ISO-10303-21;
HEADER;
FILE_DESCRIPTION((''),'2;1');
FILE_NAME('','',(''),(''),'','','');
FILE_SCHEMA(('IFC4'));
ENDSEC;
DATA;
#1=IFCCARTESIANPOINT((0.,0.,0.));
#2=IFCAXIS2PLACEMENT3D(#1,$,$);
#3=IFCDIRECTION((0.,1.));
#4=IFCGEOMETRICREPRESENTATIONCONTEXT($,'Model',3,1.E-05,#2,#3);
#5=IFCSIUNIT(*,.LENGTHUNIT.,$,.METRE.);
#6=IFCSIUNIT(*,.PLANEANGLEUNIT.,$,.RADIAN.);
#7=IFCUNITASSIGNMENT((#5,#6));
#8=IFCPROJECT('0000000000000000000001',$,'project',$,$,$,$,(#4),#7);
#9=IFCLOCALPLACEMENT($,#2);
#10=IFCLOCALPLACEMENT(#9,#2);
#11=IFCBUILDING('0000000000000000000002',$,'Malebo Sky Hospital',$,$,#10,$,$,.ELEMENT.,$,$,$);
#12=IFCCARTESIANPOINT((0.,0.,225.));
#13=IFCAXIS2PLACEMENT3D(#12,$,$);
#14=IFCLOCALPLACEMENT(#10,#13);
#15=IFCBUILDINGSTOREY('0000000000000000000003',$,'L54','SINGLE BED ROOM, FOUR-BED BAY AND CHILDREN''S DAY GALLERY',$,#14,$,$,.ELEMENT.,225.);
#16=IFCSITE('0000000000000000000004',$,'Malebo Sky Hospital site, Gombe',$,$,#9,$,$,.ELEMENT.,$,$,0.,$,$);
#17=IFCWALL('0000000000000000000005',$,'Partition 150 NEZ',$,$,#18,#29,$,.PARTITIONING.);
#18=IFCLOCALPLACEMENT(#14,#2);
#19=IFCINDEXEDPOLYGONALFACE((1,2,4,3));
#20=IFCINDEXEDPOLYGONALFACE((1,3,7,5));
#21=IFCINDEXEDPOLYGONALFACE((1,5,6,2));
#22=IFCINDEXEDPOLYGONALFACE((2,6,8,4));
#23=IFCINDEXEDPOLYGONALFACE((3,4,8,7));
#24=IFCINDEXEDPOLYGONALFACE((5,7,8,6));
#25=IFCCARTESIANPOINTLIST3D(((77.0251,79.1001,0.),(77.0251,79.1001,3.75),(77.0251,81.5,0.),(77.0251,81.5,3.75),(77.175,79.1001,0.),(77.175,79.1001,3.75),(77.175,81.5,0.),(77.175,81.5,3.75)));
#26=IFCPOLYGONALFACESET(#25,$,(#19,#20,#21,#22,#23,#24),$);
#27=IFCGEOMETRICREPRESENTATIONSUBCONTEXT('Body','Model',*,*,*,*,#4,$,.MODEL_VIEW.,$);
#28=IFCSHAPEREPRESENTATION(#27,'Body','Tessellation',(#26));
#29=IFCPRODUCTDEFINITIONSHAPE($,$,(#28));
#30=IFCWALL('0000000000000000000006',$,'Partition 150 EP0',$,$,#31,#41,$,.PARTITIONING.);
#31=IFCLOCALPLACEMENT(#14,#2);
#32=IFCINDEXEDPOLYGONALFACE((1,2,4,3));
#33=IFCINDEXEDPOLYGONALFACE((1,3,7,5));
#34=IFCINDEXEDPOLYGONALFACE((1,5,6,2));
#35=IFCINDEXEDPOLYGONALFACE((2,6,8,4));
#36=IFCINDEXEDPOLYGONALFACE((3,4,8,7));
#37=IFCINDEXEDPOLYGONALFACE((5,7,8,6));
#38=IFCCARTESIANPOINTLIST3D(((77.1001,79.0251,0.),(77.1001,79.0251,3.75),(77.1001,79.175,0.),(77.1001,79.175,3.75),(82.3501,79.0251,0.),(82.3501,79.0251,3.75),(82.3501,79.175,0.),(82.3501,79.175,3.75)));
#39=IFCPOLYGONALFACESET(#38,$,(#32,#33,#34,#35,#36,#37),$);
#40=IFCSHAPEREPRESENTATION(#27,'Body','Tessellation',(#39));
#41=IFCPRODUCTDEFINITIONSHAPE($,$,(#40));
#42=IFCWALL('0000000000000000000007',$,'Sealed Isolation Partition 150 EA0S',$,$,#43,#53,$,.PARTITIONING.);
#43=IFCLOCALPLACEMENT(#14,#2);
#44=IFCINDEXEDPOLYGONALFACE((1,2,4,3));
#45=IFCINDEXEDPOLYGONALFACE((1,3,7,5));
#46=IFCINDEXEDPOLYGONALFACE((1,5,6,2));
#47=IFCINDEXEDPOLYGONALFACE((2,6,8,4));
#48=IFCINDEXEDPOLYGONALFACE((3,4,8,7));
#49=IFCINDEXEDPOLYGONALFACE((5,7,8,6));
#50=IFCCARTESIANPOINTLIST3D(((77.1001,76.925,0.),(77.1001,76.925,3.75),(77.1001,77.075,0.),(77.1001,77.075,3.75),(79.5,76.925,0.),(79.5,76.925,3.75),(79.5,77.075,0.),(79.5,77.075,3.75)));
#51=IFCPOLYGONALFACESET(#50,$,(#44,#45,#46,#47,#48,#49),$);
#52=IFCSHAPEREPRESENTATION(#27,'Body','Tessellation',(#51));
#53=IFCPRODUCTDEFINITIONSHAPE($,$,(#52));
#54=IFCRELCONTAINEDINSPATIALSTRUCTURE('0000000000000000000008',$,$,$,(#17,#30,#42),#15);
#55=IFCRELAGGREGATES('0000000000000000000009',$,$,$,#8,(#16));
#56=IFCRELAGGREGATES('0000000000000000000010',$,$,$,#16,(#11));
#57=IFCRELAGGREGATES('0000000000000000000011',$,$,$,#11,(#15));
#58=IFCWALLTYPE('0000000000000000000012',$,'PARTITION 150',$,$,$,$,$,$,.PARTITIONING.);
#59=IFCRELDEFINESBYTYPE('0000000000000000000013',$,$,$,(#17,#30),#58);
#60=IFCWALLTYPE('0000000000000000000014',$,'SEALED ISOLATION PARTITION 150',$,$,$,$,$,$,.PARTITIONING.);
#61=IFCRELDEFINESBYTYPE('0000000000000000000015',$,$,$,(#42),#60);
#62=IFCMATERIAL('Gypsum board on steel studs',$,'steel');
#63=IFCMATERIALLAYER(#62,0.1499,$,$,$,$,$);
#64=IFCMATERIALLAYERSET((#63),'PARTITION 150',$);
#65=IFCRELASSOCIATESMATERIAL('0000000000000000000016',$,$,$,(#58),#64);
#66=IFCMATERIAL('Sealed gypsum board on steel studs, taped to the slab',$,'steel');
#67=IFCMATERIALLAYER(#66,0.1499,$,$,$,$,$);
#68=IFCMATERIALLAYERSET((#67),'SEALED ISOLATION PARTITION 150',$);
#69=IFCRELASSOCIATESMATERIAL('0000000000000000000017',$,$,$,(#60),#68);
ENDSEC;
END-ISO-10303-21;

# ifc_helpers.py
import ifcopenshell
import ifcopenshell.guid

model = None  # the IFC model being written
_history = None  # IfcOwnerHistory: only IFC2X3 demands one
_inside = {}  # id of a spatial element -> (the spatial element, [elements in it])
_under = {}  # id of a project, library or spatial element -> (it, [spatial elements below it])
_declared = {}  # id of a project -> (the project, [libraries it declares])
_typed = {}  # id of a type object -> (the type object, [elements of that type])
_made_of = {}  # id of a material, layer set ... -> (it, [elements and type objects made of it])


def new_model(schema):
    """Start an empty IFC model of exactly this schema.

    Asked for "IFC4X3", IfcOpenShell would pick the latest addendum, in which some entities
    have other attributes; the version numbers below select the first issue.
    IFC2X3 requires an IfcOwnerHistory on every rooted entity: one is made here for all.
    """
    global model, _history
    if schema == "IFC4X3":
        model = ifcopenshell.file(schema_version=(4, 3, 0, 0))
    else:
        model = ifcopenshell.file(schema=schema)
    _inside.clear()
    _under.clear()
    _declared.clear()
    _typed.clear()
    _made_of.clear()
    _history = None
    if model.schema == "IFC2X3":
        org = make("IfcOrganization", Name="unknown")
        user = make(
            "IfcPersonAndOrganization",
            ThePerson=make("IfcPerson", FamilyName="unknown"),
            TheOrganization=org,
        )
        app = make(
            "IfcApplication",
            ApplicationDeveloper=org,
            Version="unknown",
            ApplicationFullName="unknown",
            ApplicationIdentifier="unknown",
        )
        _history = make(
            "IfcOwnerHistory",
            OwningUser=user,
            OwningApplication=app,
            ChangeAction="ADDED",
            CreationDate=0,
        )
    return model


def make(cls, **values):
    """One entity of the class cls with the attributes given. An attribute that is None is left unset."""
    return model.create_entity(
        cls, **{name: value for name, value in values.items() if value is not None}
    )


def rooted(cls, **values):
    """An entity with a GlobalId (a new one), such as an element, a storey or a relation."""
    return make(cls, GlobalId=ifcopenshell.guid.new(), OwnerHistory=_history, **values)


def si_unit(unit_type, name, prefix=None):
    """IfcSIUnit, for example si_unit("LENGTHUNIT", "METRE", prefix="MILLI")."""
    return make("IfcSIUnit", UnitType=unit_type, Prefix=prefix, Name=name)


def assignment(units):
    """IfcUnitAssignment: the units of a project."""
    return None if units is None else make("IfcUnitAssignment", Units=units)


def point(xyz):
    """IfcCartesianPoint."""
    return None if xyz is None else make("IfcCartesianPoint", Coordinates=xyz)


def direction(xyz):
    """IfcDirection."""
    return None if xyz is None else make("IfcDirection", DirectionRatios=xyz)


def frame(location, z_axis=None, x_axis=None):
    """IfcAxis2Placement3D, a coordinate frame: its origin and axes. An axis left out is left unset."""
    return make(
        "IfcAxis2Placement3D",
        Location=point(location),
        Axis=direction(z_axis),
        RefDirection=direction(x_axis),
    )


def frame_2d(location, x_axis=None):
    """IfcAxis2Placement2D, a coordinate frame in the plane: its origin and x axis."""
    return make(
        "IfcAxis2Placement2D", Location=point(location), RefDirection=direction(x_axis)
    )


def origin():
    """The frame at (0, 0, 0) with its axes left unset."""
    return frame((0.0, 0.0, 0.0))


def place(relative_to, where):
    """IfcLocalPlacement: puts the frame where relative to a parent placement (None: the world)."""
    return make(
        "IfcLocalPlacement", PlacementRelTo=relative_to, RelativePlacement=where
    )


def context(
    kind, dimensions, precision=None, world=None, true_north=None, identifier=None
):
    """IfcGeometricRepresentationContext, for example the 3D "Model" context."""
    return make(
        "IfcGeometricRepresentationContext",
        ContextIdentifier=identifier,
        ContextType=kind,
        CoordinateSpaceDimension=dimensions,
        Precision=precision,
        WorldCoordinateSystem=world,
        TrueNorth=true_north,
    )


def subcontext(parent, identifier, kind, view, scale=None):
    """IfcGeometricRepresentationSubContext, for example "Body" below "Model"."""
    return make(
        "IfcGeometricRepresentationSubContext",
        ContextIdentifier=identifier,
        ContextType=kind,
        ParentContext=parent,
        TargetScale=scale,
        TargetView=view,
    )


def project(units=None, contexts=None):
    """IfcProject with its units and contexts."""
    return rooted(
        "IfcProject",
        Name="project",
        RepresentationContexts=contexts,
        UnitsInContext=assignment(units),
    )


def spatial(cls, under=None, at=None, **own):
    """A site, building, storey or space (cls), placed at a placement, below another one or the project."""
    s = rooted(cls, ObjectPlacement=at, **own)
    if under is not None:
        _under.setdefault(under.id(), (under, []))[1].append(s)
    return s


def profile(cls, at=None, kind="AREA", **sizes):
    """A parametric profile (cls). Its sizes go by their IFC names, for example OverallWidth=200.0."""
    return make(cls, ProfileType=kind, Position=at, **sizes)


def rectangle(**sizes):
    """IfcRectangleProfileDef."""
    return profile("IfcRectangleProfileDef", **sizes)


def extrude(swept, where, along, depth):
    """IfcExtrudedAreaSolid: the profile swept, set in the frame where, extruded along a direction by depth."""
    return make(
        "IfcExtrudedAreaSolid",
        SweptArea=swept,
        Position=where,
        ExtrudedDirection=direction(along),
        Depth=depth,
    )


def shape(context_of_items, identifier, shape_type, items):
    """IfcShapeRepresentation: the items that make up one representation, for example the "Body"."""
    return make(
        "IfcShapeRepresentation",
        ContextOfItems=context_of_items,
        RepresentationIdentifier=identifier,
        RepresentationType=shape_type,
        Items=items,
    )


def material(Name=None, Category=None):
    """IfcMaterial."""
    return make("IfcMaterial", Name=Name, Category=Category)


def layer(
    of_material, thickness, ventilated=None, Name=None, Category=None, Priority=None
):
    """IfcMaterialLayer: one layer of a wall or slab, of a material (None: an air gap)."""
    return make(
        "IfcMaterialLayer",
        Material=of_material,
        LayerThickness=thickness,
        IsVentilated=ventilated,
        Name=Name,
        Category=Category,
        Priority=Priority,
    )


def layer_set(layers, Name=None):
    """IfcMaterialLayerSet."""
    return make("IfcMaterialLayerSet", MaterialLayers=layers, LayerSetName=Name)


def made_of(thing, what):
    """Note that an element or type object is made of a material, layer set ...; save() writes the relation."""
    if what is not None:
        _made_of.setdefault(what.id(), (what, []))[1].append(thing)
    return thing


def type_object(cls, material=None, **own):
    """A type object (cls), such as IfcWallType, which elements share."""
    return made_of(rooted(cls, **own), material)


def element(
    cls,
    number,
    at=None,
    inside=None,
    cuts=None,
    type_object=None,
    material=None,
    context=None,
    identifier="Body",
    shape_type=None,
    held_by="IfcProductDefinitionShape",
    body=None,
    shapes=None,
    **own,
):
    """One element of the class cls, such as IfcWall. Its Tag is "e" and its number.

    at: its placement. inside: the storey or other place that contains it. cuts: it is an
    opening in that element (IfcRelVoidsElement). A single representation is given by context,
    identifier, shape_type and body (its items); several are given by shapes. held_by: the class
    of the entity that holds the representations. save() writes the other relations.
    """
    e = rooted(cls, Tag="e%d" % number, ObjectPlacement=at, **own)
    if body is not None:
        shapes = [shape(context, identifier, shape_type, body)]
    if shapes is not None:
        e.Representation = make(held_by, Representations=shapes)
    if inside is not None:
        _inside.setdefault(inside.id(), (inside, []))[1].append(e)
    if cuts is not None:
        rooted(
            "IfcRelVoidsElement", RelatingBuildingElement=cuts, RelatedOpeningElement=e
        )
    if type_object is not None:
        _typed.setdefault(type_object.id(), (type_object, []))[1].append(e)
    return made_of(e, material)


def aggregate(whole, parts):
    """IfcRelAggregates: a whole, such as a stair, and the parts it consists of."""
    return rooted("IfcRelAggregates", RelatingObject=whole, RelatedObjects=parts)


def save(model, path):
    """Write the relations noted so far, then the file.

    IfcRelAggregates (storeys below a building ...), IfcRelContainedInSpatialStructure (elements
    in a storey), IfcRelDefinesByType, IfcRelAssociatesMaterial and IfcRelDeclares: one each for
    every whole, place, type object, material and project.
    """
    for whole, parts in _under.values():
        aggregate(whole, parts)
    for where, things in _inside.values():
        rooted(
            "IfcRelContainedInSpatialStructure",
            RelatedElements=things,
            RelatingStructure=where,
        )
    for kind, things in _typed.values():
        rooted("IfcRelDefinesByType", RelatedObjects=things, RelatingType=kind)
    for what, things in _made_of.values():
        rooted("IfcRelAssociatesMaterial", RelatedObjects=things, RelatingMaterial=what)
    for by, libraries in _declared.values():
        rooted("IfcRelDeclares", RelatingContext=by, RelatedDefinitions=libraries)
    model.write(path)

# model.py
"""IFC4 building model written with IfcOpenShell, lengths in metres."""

from ifc_helpers import new_model, si_unit, direction, frame, frame_2d, origin, place, context, subcontext, project, spatial, rectangle, extrude, material, layer, layer_set, type_object, element, save


model = new_model("IFC4")

# Units and contexts
model_context = context("Model", 3, precision=1e-05, world=origin(), true_north=direction((0.0, 1.0)))
body_context = subcontext(model_context, "Body", "Model", "MODEL_VIEW")
ifc_project = project(units=[si_unit("LENGTHUNIT", "METRE"), si_unit("PLANEANGLEUNIT", "RADIAN")], contexts=[model_context])

# Site, building, storey
site_placement = place(None, origin())
site = spatial("IfcSite", under=ifc_project, at=site_placement, Name="Malebo Sky Hospital site, Gombe", CompositionType="ELEMENT", RefElevation=0.0)
building_placement = place(site_placement, origin())
building = spatial("IfcBuilding", under=site, at=building_placement, Name="Malebo Sky Hospital", CompositionType="ELEMENT")
storey_placement = place(building_placement, frame((0.0, 0.0, 225.0)))
storey = spatial("IfcBuildingStorey", under=building, at=storey_placement, Name="L54", Description="SINGLE BED ROOM, FOUR-BED BAY AND CHILDREN'S DAY GALLERY", CompositionType="ELEMENT", Elevation=225.0)

# Shared definitions
ifc_material_1 = material(Name="Gypsum board on steel studs", Category="steel")

# Shared definitions
ifc_layer_1 = layer(ifc_material_1, 0.1499)
ifc_layer_set_1 = layer_set([ifc_layer_1], Name="PARTITION 150")
wall_type_1 = type_object("IfcWallType", Name="PARTITION 150", PredefinedType="PARTITIONING", material=ifc_layer_set_1)

# Walls
for number, where, z_axis, x_axis, name in (
    (1, (77.1001, 79.1001, 0.0), (0.0, 0.0, 1.0), (0.0, 1.0, 0.0), "Partition 150 NEZ"),
):
    element("IfcWall", number, at=place(storey_placement, frame(where, z_axis=z_axis, x_axis=x_axis)), inside=storey, type_object=wall_type_1, Name=name, PredefinedType="PARTITIONING", context=body_context, shape_type="SweptSolid", body=[
        extrude(rectangle(XDim=2.3999, YDim=0.1499, at=frame_2d((1.2, 0.0))), origin(), (0.0, 0.0, 1.0), 3.75),
    ])
wall_1_placement = place(storey_placement, frame((77.1001, 79.1001, 0.0), z_axis=(0.0, 0.0, 1.0), x_axis=(1.0, 0.0, 0.0)))
element("IfcWall", 2, at=wall_1_placement, inside=storey, type_object=wall_type_1, Name="Partition 150 EP0", PredefinedType="PARTITIONING", context=body_context, shape_type="SweptSolid", body=[
    extrude(rectangle(XDim=5.25, YDim=0.1499, at=frame_2d((2.625, 0.0))), origin(), (0.0, 0.0, 1.0), 3.75),
])
ifc_material_2 = material(Name="Sealed gypsum board on steel studs, taped to the slab", Category="steel")
ifc_layer_2 = layer(ifc_material_2, 0.1499)
ifc_layer_set_2 = layer_set([ifc_layer_2], Name="SEALED ISOLATION PARTITION 150")
wall_type_2 = type_object("IfcWallType", Name="SEALED ISOLATION PARTITION 150", PredefinedType="PARTITIONING", material=ifc_layer_set_2)
wall_2_placement = place(storey_placement, frame((77.1001, 77.0, 0.0), z_axis=(0.0, 0.0, 1.0), x_axis=(1.0, 0.0, 0.0)))
element("IfcWall", 3, at=wall_2_placement, inside=storey, type_object=wall_type_2, Name="Sealed Isolation Partition 150 EA0S", PredefinedType="PARTITIONING", context=body_context, shape_type="SweptSolid", body=[
    extrude(rectangle(XDim=2.3999, YDim=0.1499, at=frame_2d((1.2, 0.0))), origin(), (0.0, 0.0, 1.0), 3.75),
])

save(model, "model.ifc")
